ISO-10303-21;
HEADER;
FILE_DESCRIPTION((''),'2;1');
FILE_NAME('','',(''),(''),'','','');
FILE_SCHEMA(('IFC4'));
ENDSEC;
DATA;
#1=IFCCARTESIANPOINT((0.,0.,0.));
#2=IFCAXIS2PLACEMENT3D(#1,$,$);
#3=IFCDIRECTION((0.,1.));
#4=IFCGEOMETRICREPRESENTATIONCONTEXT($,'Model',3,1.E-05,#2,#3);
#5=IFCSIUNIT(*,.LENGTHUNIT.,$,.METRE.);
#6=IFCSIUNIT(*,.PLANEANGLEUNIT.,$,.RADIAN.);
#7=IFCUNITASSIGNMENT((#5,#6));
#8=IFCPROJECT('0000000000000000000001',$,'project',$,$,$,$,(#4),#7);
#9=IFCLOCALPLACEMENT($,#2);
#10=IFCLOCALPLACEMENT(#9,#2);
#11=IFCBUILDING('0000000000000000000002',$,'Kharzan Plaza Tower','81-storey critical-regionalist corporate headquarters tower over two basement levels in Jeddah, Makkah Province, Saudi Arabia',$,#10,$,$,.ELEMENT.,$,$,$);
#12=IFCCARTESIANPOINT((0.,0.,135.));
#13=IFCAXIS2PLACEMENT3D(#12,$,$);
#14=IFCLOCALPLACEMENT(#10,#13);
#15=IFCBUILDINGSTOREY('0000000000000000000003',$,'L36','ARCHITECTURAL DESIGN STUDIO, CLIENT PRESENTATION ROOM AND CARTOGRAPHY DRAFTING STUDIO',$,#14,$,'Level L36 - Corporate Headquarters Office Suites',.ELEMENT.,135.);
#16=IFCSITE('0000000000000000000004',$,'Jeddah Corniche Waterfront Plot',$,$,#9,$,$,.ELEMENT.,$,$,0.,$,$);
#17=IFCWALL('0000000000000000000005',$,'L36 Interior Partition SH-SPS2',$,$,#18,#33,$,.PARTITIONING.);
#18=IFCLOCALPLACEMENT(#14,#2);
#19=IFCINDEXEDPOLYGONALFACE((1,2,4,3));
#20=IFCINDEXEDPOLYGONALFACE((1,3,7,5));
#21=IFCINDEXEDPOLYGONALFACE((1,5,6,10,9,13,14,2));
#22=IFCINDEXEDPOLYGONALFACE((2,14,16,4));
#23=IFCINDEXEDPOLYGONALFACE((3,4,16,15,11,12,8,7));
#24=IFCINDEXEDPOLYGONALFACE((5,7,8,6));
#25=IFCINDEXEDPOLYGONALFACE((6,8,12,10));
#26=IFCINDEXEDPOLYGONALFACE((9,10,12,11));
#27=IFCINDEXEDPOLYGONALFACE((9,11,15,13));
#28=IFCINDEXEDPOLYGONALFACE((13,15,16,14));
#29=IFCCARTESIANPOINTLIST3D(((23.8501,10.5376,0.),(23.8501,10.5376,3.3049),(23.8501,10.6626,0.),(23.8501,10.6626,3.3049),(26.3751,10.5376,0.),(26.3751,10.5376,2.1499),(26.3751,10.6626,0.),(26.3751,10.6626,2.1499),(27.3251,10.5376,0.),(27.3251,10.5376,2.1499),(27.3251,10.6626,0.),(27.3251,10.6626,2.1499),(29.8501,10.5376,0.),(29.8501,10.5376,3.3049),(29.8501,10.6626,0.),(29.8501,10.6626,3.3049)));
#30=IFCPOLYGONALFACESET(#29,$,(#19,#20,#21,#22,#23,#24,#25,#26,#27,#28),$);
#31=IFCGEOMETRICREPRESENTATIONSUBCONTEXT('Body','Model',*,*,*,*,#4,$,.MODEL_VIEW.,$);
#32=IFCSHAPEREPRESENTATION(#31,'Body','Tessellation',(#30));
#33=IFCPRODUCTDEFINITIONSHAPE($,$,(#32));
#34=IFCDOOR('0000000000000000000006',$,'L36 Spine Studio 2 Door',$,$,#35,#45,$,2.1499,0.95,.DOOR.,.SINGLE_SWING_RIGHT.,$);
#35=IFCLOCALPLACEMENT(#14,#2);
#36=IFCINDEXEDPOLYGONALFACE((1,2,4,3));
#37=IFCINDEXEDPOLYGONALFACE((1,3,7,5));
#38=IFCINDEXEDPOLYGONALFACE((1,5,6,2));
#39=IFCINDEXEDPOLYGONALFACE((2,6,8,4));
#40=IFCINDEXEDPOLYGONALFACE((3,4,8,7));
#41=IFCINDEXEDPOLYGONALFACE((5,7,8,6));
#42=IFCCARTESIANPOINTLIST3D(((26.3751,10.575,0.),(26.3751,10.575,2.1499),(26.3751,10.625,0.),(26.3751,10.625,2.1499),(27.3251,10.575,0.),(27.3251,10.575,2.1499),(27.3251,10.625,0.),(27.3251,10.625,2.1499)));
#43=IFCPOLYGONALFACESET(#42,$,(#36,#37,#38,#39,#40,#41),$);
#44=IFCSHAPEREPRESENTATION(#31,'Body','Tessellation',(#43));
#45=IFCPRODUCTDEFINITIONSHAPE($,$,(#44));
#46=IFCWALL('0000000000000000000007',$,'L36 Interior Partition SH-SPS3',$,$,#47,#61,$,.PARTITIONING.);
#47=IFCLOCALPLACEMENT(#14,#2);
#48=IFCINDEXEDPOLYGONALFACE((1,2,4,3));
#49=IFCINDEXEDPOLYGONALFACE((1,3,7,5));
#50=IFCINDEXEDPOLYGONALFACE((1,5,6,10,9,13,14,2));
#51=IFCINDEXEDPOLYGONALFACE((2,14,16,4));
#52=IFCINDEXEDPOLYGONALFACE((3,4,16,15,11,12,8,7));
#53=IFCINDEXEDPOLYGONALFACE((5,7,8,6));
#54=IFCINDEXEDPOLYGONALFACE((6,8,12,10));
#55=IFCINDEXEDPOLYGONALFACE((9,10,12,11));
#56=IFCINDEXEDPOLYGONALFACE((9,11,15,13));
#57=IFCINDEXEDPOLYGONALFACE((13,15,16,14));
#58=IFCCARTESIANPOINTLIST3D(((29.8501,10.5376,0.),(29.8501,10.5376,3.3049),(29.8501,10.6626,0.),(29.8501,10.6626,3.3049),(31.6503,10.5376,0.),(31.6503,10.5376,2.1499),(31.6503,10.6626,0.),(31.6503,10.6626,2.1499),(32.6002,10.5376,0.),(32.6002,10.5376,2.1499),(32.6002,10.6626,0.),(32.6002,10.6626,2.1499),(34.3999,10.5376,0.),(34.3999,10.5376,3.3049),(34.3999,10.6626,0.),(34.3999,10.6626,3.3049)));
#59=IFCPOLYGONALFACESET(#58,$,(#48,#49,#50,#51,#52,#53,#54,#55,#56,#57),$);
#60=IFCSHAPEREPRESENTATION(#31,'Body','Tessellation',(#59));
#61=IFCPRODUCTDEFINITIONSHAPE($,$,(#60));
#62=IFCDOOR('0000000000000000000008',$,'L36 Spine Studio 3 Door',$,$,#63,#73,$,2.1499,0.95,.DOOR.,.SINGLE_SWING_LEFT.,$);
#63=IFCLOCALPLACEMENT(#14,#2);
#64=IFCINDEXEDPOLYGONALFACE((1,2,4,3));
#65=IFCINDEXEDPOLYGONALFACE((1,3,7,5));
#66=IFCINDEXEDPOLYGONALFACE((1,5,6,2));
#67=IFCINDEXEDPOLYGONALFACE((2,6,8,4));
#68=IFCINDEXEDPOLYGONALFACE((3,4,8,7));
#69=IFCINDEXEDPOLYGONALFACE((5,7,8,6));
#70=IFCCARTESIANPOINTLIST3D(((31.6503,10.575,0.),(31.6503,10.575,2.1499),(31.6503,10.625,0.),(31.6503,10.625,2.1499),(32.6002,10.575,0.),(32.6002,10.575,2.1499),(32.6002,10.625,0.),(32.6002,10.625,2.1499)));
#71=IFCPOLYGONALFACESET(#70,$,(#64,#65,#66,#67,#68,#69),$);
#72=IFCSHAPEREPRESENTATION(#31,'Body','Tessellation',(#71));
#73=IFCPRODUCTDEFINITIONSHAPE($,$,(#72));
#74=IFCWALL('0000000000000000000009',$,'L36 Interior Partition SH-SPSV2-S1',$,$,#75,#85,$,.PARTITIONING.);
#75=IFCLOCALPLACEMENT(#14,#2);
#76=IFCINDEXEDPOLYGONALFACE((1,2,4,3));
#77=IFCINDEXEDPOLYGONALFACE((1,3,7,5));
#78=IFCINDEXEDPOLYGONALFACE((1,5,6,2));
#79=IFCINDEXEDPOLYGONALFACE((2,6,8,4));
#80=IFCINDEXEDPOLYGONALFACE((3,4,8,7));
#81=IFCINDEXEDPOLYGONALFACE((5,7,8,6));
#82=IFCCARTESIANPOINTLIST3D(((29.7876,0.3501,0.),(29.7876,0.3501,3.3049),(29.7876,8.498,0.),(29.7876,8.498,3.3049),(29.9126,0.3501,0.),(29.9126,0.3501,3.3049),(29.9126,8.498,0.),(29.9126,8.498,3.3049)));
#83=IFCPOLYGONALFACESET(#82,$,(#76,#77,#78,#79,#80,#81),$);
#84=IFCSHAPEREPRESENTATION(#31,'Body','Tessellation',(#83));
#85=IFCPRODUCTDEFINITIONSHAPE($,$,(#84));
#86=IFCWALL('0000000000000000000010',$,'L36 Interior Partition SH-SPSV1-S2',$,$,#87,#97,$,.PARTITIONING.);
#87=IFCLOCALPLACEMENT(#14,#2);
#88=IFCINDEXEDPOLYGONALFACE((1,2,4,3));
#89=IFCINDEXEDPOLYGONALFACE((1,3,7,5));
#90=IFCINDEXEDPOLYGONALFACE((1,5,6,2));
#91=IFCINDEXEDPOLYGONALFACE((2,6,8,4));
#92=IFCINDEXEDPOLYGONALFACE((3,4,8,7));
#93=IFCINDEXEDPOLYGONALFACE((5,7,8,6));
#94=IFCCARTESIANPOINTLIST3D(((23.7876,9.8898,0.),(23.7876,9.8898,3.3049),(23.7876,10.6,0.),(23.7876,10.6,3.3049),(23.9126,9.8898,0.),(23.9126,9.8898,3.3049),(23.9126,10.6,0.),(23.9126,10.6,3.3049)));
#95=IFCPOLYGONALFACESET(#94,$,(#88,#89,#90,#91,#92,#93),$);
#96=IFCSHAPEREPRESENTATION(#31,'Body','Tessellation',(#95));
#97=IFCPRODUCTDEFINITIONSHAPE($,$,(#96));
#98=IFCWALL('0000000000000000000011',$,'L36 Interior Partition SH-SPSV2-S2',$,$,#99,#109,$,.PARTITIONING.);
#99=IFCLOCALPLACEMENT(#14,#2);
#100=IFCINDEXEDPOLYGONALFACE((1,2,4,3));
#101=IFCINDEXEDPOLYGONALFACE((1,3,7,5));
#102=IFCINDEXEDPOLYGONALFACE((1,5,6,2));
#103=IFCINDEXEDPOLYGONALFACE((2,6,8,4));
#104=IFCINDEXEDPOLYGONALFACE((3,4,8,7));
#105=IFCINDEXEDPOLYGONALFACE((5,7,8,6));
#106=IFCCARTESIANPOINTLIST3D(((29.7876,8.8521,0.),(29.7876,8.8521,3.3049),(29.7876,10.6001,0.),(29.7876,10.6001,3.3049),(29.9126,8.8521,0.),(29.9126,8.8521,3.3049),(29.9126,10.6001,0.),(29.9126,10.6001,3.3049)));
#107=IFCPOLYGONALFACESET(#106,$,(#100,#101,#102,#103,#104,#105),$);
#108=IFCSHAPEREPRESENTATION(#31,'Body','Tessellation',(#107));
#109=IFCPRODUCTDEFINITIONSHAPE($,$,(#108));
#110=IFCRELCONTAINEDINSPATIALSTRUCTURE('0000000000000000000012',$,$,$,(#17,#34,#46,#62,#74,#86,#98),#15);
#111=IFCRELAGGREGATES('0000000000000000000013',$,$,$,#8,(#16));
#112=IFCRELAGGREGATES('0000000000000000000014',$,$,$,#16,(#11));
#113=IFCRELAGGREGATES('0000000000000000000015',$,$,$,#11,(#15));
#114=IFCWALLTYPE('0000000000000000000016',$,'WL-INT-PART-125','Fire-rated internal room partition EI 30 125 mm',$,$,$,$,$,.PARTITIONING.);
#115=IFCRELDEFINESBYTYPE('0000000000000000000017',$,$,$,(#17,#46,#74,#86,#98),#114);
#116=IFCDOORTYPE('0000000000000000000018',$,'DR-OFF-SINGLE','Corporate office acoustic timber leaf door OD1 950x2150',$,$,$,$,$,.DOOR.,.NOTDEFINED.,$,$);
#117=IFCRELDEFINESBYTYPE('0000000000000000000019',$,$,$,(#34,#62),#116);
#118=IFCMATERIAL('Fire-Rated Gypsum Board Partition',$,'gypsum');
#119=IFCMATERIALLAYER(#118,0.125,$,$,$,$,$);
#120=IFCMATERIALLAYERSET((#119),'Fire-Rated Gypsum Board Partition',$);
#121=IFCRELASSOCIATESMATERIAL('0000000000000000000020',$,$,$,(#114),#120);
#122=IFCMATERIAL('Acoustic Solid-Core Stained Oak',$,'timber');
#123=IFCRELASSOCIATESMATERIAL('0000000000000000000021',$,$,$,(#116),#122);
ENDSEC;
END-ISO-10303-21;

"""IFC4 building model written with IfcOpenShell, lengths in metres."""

from ifc_helpers import new_model, si_unit, direction, frame, frame_2d, origin, place, context, subcontext, project, spatial, rectangle, extrude, source, transform, mapped, material, layer, layer_set, type_object, element, fill, save


model = new_model("IFC4")

# Units and contexts
model_context = context("Model", 3, precision=1e-05, world=origin(), true_north=direction((0.0, 1.0)))
body_context = subcontext(model_context, "Body", "Model", "MODEL_VIEW")
ifc_project = project(units=[si_unit("LENGTHUNIT", "METRE"), si_unit("PLANEANGLEUNIT", "RADIAN")], contexts=[model_context])

# Site, building, storey
site_placement = place(None, origin())
site = spatial("IfcSite", under=ifc_project, at=site_placement, Name="Jeddah Corniche Waterfront Plot", CompositionType="ELEMENT", RefElevation=0.0)
building_placement = place(site_placement, origin())
building = spatial("IfcBuilding", under=site, at=building_placement, Name="Kharzan Plaza Tower", Description="81-storey critical-regionalist corporate headquarters tower over two basement levels in Jeddah, Makkah Province, Saudi Arabia", CompositionType="ELEMENT")
storey_placement = place(building_placement, frame((0.0, 0.0, 135.0)))
storey = spatial("IfcBuildingStorey", under=building, at=storey_placement, Name="L36", Description="ARCHITECTURAL DESIGN STUDIO, CLIENT PRESENTATION ROOM AND CARTOGRAPHY DRAFTING STUDIO", LongName="Level L36 - Corporate Headquarters Office Suites", CompositionType="ELEMENT", Elevation=135.0)

# Walls, openings, doors
ifc_material_1 = material(Name="Fire-Rated Gypsum Board Partition", Category="gypsum")
ifc_layer_1 = layer(ifc_material_1, 0.125)
ifc_layer_set_1 = layer_set([ifc_layer_1], Name="Fire-Rated Gypsum Board Partition")
wall_type_1 = type_object("IfcWallType", Name="WL-INT-PART-125", Description="Fire-rated internal room partition EI 30 125 mm", PredefinedType="PARTITIONING", material=ifc_layer_set_1)
wall_1_placement = place(storey_placement, frame((23.8501, 10.6001, 0.0), z_axis=(0.0, 0.0, 1.0), x_axis=(1.0, 0.0, 0.0)))
wall_1 = element("IfcWall", 1, at=wall_1_placement, inside=storey, type_object=wall_type_1, Name="L36 Interior Partition SH-SPS2", PredefinedType="PARTITIONING", context=body_context, shape_type="SweptSolid", body=[
    extrude(rectangle(XDim=6.0, YDim=0.125, at=frame_2d((3.0, 0.0))), origin(), (0.0, 0.0, 1.0), 3.3049),
])
opening_1_placement = place(wall_1_placement, frame((2.5249, 0.0, 0.0)))
opening_1 = element("IfcOpeningElement", 2, at=opening_1_placement, cuts=wall_1, PredefinedType="OPENING", context=body_context, shape_type="SweptSolid", body=[
    extrude(rectangle(XDim=0.95, YDim=2.1499, at=frame_2d((0.4751, 1.075))), frame((0.0, 0.0725, 0.0), z_axis=(0.0, -1.0, 0.0), x_axis=(1.0, 0.0, 0.0)), (0.0, 0.0, 1.0), 0.145),
])
ifc_material_2 = material(Name="Acoustic Solid-Core Stained Oak", Category="timber")
door_type_1 = type_object("IfcDoorType", Name="DR-OFF-SINGLE", Description="Corporate office acoustic timber leaf door OD1 950x2150", OperationType="NOTDEFINED", PredefinedType="DOOR", material=ifc_material_2)
shared_shape_1 = source(origin(), body_context, "Body", "SweptSolid", [
    extrude(rectangle(XDim=0.95, YDim=2.1499, at=frame_2d((0.4751, 1.075))), frame((0.0, 0.0249, 0.0), z_axis=(0.0, -1.0, 0.0), x_axis=(1.0, 0.0, 0.0)), (0.0, 0.0, 1.0), 0.05),
])
door_1_placement = place(opening_1_placement, origin())
door_1 = element("IfcDoor", 3, at=door_1_placement, inside=storey, type_object=door_type_1, Name="L36 Spine Studio 2 Door", OperationType="SINGLE_SWING_RIGHT", OverallHeight=2.1499, OverallWidth=0.95, PredefinedType="DOOR", context=body_context, shape_type="MappedRepresentation", body=[
    mapped(shared_shape_1, transform((0.0, 0.0, 0.0), x_axis=(1.0, 0.0, 0.0), y_axis=(0.0, 1.0, 0.0), z_axis=(0.0, 0.0, 1.0))),
])
fill(opening_1, door_1)
wall_2_placement = place(storey_placement, frame((29.8501, 10.6001, 0.0), z_axis=(0.0, 0.0, 1.0), x_axis=(1.0, 0.0, 0.0)))
wall_2 = element("IfcWall", 4, at=wall_2_placement, inside=storey, type_object=wall_type_1, Name="L36 Interior Partition SH-SPS3", PredefinedType="PARTITIONING", context=body_context, shape_type="SweptSolid", body=[
    extrude(rectangle(XDim=4.5498, YDim=0.125, at=frame_2d((2.2749, 0.0))), origin(), (0.0, 0.0, 1.0), 3.3049),
])
opening_2_placement = place(wall_2_placement, frame((1.8, 0.0, 0.0)))
opening_2 = element("IfcOpeningElement", 5, at=opening_2_placement, cuts=wall_2, PredefinedType="OPENING", context=body_context, shape_type="SweptSolid", body=[
    extrude(rectangle(XDim=0.95, YDim=2.1499, at=frame_2d((0.4751, 1.075))), frame((0.0, 0.0725, 0.0), z_axis=(0.0, -1.0, 0.0), x_axis=(1.0, 0.0, 0.0)), (0.0, 0.0, 1.0), 0.145),
])
door_2_placement = place(opening_2_placement, origin())
door_2 = element("IfcDoor", 6, at=door_2_placement, inside=storey, type_object=door_type_1, Name="L36 Spine Studio 3 Door", OperationType="SINGLE_SWING_LEFT", OverallHeight=2.1499, OverallWidth=0.95, PredefinedType="DOOR", context=body_context, shape_type="MappedRepresentation", body=[
    mapped(shared_shape_1, transform((0.0, 0.0, 0.0), x_axis=(1.0, 0.0, 0.0), y_axis=(0.0, 1.0, 0.0), z_axis=(0.0, 0.0, 1.0))),
])
fill(opening_2, door_2)

# Walls
shared_shape_2 = source(origin(), body_context, "Body", "SweptSolid", [
    extrude(rectangle(XDim=8.1479, YDim=0.125, at=frame_2d((4.074, 0.0))), origin(), (0.0, 0.0, 1.0), 3.3049),
])
wall_3_placement = place(storey_placement, frame((29.8501, 0.3501, 0.0), z_axis=(0.0, 0.0, 1.0), x_axis=(0.0, 1.0, 0.0)))
element("IfcWall", 7, at=wall_3_placement, inside=storey, type_object=wall_type_1, Name="L36 Interior Partition SH-SPSV2-S1", PredefinedType="PARTITIONING", context=body_context, shape_type="MappedRepresentation", body=[
    mapped(shared_shape_2, transform((0.0, 0.0, 0.0), x_axis=(1.0, 0.0, 0.0), y_axis=(0.0, 1.0, 0.0), z_axis=(0.0, 0.0, 1.0))),
])
shared_shape_3 = source(origin(), body_context, "Body", "SweptSolid", [
    extrude(rectangle(XDim=0.7102, YDim=0.125, at=frame_2d((0.355, 0.0))), origin(), (0.0, 0.0, 1.0), 3.3049),
])
wall_4_placement = place(storey_placement, frame((23.8501, 9.8899, 0.0), z_axis=(0.0, 0.0, 1.0), x_axis=(0.0, 1.0, 0.0)))
element("IfcWall", 8, at=wall_4_placement, inside=storey, type_object=wall_type_1, Name="L36 Interior Partition SH-SPSV1-S2", PredefinedType="PARTITIONING", context=body_context, shape_type="MappedRepresentation", body=[
    mapped(shared_shape_3, transform((0.0, 0.0, 0.0), x_axis=(1.0, 0.0, 0.0), y_axis=(0.0, 1.0, 0.0), z_axis=(0.0, 0.0, 1.0))),
])
shared_shape_4 = source(origin(), body_context, "Body", "SweptSolid", [
    extrude(rectangle(XDim=1.748, YDim=0.125, at=frame_2d((0.874, 0.0))), origin(), (0.0, 0.0, 1.0), 3.3049),
])
wall_5_placement = place(storey_placement, frame((29.8501, 8.8521, 0.0), z_axis=(0.0, 0.0, 1.0), x_axis=(0.0, 1.0, 0.0)))
element("IfcWall", 9, at=wall_5_placement, inside=storey, type_object=wall_type_1, Name="L36 Interior Partition SH-SPSV2-S2", PredefinedType="PARTITIONING", context=body_context, shape_type="MappedRepresentation", body=[
    mapped(shared_shape_4, transform((0.0, 0.0, 0.0), x_axis=(1.0, 0.0, 0.0), y_axis=(0.0, 1.0, 0.0), z_axis=(0.0, 0.0, 1.0))),
])

save(model, "model.ifc")
